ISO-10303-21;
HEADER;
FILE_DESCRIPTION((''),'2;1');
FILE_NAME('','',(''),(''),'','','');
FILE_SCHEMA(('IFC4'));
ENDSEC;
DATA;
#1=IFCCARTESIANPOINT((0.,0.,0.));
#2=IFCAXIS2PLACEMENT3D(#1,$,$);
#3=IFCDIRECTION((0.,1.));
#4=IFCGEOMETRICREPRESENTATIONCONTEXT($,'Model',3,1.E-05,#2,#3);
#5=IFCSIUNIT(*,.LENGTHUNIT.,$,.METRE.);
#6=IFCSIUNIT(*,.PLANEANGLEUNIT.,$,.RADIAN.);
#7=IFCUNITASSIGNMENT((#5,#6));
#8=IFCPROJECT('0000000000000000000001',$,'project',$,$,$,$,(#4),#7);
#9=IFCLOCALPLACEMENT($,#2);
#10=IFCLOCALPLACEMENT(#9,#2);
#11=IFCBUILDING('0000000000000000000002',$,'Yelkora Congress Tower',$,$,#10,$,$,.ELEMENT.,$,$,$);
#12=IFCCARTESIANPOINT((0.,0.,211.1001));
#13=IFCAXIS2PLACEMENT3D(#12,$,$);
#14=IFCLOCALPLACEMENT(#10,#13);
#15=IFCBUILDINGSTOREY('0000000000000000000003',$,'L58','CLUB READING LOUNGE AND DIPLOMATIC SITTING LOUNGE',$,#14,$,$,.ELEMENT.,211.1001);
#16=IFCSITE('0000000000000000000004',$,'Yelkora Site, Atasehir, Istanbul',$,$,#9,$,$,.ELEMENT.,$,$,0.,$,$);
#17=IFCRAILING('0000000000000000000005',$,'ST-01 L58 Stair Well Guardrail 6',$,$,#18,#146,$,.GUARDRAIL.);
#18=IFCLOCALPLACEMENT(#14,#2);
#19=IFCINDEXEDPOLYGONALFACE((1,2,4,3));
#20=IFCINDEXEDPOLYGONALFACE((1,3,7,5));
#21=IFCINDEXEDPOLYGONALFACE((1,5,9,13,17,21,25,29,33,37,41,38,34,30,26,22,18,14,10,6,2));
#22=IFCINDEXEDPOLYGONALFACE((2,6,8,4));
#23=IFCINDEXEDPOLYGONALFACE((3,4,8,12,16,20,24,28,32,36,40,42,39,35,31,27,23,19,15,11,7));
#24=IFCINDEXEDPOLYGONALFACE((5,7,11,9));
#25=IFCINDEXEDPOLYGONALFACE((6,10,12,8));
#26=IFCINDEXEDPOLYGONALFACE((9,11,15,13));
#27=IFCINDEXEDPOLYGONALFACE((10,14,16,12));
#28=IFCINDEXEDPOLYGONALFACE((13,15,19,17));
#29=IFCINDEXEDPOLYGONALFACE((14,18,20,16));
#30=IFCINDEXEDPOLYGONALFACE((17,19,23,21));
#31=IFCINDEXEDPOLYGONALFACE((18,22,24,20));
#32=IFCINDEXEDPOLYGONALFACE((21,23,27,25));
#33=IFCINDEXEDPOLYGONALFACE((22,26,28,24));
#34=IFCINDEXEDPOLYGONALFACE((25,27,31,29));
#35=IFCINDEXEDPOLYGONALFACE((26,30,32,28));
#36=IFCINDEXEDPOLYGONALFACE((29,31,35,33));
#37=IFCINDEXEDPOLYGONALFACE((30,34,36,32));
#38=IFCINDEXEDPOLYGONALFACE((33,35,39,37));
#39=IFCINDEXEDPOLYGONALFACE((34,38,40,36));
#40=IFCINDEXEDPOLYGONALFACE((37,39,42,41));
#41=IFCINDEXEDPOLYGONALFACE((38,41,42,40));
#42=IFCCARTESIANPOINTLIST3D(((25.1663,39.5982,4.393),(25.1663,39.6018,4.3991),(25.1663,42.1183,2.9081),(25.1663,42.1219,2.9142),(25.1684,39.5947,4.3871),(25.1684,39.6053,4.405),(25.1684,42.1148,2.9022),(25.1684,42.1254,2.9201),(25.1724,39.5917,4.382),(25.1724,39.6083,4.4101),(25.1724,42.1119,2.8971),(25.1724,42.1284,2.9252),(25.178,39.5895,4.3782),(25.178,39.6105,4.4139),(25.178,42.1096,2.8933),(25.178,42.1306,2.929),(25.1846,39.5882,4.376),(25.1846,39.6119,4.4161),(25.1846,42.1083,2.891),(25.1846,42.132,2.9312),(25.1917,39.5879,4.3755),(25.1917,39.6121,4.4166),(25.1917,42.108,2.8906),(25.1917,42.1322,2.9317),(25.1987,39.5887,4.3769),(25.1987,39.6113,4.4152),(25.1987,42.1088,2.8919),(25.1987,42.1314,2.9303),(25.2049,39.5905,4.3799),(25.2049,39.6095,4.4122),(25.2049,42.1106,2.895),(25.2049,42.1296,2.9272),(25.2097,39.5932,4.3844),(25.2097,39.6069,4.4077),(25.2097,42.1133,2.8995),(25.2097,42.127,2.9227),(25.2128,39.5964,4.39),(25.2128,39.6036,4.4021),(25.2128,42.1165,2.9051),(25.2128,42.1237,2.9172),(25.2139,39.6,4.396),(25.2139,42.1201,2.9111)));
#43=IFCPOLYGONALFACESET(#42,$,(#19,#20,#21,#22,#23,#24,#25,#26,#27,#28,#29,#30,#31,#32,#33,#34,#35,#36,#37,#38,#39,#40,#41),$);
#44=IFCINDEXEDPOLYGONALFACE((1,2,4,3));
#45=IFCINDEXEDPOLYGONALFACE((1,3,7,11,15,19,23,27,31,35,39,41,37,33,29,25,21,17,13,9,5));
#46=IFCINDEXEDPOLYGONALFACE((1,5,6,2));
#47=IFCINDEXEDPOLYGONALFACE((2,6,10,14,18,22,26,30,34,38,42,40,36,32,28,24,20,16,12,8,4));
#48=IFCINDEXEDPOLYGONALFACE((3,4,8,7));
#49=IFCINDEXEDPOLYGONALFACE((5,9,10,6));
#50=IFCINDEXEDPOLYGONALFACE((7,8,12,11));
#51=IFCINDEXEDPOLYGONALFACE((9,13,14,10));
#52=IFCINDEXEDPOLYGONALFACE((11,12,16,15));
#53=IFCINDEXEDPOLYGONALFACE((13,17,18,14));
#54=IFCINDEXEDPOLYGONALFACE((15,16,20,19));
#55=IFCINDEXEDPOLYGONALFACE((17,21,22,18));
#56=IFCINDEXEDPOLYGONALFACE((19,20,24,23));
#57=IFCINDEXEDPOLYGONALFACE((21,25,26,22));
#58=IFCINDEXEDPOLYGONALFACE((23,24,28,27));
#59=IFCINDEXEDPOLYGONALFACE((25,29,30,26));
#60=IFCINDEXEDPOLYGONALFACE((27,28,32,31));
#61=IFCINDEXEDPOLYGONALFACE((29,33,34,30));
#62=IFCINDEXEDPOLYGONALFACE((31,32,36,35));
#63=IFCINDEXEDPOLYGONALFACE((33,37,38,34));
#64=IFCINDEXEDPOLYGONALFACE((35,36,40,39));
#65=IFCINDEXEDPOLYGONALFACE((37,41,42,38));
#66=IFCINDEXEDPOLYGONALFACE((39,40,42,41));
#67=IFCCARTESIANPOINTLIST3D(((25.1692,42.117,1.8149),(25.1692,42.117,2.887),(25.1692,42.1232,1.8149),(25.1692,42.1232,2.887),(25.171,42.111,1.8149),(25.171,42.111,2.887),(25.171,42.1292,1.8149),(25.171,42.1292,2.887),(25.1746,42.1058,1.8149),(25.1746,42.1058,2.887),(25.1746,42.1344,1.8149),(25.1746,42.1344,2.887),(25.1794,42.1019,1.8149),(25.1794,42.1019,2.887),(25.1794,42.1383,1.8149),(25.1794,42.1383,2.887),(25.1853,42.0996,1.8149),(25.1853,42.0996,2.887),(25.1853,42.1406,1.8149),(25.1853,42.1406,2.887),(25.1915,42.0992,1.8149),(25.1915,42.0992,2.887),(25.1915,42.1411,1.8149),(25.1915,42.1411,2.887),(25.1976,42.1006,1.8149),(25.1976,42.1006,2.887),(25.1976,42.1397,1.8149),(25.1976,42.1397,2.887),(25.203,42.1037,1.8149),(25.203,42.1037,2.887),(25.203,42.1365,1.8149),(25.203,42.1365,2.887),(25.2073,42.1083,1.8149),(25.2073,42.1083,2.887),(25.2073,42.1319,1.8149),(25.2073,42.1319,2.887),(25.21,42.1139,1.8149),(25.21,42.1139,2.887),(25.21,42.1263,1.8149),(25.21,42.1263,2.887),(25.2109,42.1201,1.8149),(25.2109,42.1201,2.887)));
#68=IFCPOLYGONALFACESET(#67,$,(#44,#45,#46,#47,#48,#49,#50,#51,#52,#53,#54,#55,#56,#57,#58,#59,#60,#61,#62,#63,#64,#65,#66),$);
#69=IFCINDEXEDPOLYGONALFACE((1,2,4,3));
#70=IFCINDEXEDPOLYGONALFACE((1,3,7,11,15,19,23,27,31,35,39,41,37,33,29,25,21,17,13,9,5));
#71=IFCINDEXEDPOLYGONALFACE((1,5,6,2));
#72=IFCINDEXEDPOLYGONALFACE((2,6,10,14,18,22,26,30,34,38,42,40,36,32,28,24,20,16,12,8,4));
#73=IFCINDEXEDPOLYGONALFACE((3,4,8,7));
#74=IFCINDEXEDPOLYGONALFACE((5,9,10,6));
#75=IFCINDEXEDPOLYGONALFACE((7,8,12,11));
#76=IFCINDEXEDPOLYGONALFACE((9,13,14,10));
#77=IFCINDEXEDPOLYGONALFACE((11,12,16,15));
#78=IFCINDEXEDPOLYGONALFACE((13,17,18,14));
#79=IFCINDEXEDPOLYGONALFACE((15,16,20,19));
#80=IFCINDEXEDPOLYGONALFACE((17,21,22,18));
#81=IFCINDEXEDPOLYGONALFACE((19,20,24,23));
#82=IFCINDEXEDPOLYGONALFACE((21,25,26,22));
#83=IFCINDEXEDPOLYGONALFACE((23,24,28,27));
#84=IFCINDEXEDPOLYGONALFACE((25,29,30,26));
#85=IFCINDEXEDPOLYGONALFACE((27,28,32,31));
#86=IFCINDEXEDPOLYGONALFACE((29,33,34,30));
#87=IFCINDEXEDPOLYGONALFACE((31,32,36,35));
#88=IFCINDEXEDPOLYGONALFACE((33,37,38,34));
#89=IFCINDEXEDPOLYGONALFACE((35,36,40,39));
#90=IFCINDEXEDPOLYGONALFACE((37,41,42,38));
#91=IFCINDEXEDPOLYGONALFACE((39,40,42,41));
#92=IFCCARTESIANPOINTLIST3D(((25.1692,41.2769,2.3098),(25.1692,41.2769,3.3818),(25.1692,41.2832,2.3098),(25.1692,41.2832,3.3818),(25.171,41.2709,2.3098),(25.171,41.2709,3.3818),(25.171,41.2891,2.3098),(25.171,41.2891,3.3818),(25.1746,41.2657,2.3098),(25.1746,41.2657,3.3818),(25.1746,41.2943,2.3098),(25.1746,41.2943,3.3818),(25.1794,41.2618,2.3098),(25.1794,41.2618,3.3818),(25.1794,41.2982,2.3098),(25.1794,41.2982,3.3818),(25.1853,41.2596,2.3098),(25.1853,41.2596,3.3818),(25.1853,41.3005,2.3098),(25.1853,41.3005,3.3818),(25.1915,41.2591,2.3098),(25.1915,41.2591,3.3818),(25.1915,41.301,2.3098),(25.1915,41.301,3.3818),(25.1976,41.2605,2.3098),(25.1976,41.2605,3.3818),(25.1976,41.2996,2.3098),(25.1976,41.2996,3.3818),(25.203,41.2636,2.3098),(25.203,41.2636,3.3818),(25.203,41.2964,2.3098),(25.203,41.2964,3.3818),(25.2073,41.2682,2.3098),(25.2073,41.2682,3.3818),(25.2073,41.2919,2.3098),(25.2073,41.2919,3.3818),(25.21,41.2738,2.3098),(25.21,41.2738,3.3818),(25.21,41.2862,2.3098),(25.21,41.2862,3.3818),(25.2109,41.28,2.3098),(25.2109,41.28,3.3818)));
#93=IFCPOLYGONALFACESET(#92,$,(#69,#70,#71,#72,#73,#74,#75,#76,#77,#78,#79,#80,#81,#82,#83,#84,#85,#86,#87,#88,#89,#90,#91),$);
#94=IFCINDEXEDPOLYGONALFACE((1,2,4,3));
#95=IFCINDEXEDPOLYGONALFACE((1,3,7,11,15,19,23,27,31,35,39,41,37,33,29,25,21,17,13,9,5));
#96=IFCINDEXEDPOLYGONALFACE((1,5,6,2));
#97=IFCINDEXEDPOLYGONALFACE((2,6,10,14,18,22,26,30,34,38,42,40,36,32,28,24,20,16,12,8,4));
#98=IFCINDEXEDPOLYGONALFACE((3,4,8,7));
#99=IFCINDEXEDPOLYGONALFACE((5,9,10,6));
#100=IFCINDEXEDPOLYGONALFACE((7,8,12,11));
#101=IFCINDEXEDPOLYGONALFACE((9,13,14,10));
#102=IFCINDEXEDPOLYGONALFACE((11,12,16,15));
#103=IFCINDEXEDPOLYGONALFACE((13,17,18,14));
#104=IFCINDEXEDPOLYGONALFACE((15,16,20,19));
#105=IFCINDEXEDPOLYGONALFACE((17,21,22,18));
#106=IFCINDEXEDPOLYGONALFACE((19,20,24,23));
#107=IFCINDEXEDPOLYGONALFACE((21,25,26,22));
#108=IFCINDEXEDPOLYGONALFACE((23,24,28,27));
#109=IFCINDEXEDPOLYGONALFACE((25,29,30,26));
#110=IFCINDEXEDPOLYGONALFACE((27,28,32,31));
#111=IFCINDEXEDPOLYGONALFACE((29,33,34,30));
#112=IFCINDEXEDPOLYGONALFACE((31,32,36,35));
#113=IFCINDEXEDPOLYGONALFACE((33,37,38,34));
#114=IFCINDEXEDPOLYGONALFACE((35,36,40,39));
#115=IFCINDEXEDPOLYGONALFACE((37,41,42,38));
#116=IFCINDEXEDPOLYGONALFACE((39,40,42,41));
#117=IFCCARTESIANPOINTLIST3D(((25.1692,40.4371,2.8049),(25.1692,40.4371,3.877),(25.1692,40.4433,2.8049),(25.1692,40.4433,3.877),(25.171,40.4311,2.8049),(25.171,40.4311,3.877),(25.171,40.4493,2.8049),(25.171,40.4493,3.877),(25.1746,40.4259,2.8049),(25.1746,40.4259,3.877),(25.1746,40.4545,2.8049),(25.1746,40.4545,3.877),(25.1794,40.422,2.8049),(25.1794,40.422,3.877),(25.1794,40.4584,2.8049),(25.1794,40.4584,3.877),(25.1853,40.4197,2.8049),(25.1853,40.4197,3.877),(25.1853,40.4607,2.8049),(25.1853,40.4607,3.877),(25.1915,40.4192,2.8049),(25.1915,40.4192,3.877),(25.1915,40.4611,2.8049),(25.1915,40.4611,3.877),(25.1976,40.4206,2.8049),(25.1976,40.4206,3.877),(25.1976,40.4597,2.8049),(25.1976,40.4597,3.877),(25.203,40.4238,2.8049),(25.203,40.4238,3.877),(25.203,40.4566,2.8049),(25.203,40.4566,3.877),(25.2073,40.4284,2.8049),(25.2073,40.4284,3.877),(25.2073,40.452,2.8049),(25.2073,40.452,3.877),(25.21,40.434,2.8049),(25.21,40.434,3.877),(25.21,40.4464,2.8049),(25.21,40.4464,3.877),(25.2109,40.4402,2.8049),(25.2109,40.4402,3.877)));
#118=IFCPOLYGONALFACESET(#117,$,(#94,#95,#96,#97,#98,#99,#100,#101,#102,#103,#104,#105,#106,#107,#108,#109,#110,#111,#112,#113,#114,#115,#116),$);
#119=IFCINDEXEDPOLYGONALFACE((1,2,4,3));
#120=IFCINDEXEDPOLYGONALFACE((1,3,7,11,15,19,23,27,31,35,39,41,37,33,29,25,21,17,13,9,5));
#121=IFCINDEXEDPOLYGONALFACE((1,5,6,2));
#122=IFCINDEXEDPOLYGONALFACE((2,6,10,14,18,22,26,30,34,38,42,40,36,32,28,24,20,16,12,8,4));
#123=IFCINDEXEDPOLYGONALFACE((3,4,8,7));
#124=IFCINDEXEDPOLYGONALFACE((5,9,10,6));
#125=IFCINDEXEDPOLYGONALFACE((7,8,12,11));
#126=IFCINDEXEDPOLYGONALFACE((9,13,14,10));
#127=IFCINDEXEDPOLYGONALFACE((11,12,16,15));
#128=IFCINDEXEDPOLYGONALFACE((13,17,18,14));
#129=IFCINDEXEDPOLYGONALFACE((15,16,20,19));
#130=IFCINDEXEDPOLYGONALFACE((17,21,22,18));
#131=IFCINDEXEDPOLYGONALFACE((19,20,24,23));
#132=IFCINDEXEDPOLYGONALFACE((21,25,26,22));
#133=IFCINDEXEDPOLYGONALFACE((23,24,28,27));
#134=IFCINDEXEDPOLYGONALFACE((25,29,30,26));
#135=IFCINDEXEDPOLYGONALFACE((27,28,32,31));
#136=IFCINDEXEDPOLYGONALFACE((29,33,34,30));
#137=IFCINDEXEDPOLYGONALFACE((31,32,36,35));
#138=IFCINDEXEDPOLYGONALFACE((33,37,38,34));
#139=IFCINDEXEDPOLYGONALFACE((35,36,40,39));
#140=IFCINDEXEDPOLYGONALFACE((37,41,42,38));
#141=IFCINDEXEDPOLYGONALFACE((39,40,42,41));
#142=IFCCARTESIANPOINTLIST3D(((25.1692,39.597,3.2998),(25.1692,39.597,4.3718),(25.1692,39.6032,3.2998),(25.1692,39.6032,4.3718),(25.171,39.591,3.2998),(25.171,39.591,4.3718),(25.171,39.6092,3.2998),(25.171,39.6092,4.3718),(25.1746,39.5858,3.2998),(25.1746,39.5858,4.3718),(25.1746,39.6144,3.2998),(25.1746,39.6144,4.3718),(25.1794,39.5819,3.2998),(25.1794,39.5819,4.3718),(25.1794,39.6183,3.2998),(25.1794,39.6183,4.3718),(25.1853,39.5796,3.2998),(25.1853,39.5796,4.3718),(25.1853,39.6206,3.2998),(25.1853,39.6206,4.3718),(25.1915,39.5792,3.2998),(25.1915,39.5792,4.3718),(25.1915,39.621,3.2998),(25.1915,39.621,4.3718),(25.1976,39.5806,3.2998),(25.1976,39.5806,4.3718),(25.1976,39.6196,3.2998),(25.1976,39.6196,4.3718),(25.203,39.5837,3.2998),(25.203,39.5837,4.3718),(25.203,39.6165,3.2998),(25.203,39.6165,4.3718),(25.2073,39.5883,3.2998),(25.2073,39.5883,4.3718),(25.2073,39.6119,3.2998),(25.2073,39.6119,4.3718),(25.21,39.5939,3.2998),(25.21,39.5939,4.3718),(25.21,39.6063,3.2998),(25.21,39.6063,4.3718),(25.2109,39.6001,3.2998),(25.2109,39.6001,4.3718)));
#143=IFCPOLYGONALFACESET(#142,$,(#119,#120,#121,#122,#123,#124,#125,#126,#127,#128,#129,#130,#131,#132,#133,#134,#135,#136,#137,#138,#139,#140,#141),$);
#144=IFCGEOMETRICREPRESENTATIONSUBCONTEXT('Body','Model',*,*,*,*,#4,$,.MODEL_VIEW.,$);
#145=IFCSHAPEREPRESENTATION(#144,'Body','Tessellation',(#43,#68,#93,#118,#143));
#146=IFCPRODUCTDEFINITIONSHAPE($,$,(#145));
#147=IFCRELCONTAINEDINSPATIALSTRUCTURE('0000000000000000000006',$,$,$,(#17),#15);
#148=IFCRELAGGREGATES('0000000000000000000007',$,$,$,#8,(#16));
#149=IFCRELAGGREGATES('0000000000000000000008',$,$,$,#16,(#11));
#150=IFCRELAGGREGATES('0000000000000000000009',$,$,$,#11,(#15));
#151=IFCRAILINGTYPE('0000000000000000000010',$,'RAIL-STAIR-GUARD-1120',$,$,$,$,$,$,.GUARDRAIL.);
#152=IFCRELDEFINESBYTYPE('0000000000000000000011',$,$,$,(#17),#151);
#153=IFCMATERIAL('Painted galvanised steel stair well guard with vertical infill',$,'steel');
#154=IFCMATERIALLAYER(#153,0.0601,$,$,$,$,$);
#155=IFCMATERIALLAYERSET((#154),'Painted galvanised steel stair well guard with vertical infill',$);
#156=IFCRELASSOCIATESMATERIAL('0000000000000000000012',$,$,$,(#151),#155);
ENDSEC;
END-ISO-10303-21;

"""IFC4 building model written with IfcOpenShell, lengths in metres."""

from ifc_helpers import new_model, si_unit, direction, frame, origin, origin_2d, place, context, subcontext, project, spatial, circle, extrude, material, layer, layer_set, type_object, element, save


model = new_model("IFC4")

# Units and contexts
model_context = context("Model", 3, precision=1e-05, world=origin(), true_north=direction((0.0, 1.0)))
body_context = subcontext(model_context, "Body", "Model", "MODEL_VIEW")
ifc_project = project(units=[si_unit("LENGTHUNIT", "METRE"), si_unit("PLANEANGLEUNIT", "RADIAN")], contexts=[model_context])

# Site, building, storey
site_placement = place(None, origin())
site = spatial("IfcSite", under=ifc_project, at=site_placement, Name="Yelkora Site, Atasehir, Istanbul", CompositionType="ELEMENT", RefElevation=0.0)
building_placement = place(site_placement, origin())
building = spatial("IfcBuilding", under=site, at=building_placement, Name="Yelkora Congress Tower", CompositionType="ELEMENT")
storey_placement = place(building_placement, frame((0.0, 0.0, 211.1001)))
storey = spatial("IfcBuildingStorey", under=building, at=storey_placement, Name="L58", Description="CLUB READING LOUNGE AND DIPLOMATIC SITTING LOUNGE", CompositionType="ELEMENT", Elevation=211.1001)

# Railing
ifc_material_1 = material(Name="Painted galvanised steel stair well guard with vertical infill", Category="steel")
ifc_layer_1 = layer(ifc_material_1, 0.0601)
ifc_layer_set_1 = layer_set([ifc_layer_1], Name="Painted galvanised steel stair well guard with vertical infill")
railing_type_1 = type_object("IfcRailingType", Name="RAIL-STAIR-GUARD-1120", PredefinedType="GUARDRAIL", material=ifc_layer_set_1)
railing_1_placement = place(storey_placement, frame((25.1899, 42.1201, 1.8149)))
element("IfcRailing", 1, at=railing_1_placement, inside=storey, type_object=railing_type_1, Name="ST-01 L58 Stair Well Guardrail 6", PredefinedType="GUARDRAIL", context=body_context, shape_type="SweptSolid", body=[
    extrude(circle(Radius=0.0239, at=origin_2d()), frame((0.0, 0.0, 1.0962), z_axis=(0.0, -0.861561, 0.507655), x_axis=(1.0, 0.0, 0.0)), (0.0, 0.0, 1.0), 2.925),
    extrude(circle(Radius=0.021, at=origin_2d()), origin(), (0.0, 0.0, 1.0), 1.072),
    extrude(circle(Radius=0.021, at=origin_2d()), frame((0.0, -0.8401, 0.4949)), (0.0, 0.0, 1.0), 1.072),
    extrude(circle(Radius=0.021, at=origin_2d()), frame((0.0, -1.6799, 0.99)), (0.0, 0.0, 1.0), 1.072),
    extrude(circle(Radius=0.021, at=origin_2d()), frame((0.0, -2.52, 1.4849)), (0.0, 0.0, 1.0), 1.072),
])

save(model, "model.ifc")
